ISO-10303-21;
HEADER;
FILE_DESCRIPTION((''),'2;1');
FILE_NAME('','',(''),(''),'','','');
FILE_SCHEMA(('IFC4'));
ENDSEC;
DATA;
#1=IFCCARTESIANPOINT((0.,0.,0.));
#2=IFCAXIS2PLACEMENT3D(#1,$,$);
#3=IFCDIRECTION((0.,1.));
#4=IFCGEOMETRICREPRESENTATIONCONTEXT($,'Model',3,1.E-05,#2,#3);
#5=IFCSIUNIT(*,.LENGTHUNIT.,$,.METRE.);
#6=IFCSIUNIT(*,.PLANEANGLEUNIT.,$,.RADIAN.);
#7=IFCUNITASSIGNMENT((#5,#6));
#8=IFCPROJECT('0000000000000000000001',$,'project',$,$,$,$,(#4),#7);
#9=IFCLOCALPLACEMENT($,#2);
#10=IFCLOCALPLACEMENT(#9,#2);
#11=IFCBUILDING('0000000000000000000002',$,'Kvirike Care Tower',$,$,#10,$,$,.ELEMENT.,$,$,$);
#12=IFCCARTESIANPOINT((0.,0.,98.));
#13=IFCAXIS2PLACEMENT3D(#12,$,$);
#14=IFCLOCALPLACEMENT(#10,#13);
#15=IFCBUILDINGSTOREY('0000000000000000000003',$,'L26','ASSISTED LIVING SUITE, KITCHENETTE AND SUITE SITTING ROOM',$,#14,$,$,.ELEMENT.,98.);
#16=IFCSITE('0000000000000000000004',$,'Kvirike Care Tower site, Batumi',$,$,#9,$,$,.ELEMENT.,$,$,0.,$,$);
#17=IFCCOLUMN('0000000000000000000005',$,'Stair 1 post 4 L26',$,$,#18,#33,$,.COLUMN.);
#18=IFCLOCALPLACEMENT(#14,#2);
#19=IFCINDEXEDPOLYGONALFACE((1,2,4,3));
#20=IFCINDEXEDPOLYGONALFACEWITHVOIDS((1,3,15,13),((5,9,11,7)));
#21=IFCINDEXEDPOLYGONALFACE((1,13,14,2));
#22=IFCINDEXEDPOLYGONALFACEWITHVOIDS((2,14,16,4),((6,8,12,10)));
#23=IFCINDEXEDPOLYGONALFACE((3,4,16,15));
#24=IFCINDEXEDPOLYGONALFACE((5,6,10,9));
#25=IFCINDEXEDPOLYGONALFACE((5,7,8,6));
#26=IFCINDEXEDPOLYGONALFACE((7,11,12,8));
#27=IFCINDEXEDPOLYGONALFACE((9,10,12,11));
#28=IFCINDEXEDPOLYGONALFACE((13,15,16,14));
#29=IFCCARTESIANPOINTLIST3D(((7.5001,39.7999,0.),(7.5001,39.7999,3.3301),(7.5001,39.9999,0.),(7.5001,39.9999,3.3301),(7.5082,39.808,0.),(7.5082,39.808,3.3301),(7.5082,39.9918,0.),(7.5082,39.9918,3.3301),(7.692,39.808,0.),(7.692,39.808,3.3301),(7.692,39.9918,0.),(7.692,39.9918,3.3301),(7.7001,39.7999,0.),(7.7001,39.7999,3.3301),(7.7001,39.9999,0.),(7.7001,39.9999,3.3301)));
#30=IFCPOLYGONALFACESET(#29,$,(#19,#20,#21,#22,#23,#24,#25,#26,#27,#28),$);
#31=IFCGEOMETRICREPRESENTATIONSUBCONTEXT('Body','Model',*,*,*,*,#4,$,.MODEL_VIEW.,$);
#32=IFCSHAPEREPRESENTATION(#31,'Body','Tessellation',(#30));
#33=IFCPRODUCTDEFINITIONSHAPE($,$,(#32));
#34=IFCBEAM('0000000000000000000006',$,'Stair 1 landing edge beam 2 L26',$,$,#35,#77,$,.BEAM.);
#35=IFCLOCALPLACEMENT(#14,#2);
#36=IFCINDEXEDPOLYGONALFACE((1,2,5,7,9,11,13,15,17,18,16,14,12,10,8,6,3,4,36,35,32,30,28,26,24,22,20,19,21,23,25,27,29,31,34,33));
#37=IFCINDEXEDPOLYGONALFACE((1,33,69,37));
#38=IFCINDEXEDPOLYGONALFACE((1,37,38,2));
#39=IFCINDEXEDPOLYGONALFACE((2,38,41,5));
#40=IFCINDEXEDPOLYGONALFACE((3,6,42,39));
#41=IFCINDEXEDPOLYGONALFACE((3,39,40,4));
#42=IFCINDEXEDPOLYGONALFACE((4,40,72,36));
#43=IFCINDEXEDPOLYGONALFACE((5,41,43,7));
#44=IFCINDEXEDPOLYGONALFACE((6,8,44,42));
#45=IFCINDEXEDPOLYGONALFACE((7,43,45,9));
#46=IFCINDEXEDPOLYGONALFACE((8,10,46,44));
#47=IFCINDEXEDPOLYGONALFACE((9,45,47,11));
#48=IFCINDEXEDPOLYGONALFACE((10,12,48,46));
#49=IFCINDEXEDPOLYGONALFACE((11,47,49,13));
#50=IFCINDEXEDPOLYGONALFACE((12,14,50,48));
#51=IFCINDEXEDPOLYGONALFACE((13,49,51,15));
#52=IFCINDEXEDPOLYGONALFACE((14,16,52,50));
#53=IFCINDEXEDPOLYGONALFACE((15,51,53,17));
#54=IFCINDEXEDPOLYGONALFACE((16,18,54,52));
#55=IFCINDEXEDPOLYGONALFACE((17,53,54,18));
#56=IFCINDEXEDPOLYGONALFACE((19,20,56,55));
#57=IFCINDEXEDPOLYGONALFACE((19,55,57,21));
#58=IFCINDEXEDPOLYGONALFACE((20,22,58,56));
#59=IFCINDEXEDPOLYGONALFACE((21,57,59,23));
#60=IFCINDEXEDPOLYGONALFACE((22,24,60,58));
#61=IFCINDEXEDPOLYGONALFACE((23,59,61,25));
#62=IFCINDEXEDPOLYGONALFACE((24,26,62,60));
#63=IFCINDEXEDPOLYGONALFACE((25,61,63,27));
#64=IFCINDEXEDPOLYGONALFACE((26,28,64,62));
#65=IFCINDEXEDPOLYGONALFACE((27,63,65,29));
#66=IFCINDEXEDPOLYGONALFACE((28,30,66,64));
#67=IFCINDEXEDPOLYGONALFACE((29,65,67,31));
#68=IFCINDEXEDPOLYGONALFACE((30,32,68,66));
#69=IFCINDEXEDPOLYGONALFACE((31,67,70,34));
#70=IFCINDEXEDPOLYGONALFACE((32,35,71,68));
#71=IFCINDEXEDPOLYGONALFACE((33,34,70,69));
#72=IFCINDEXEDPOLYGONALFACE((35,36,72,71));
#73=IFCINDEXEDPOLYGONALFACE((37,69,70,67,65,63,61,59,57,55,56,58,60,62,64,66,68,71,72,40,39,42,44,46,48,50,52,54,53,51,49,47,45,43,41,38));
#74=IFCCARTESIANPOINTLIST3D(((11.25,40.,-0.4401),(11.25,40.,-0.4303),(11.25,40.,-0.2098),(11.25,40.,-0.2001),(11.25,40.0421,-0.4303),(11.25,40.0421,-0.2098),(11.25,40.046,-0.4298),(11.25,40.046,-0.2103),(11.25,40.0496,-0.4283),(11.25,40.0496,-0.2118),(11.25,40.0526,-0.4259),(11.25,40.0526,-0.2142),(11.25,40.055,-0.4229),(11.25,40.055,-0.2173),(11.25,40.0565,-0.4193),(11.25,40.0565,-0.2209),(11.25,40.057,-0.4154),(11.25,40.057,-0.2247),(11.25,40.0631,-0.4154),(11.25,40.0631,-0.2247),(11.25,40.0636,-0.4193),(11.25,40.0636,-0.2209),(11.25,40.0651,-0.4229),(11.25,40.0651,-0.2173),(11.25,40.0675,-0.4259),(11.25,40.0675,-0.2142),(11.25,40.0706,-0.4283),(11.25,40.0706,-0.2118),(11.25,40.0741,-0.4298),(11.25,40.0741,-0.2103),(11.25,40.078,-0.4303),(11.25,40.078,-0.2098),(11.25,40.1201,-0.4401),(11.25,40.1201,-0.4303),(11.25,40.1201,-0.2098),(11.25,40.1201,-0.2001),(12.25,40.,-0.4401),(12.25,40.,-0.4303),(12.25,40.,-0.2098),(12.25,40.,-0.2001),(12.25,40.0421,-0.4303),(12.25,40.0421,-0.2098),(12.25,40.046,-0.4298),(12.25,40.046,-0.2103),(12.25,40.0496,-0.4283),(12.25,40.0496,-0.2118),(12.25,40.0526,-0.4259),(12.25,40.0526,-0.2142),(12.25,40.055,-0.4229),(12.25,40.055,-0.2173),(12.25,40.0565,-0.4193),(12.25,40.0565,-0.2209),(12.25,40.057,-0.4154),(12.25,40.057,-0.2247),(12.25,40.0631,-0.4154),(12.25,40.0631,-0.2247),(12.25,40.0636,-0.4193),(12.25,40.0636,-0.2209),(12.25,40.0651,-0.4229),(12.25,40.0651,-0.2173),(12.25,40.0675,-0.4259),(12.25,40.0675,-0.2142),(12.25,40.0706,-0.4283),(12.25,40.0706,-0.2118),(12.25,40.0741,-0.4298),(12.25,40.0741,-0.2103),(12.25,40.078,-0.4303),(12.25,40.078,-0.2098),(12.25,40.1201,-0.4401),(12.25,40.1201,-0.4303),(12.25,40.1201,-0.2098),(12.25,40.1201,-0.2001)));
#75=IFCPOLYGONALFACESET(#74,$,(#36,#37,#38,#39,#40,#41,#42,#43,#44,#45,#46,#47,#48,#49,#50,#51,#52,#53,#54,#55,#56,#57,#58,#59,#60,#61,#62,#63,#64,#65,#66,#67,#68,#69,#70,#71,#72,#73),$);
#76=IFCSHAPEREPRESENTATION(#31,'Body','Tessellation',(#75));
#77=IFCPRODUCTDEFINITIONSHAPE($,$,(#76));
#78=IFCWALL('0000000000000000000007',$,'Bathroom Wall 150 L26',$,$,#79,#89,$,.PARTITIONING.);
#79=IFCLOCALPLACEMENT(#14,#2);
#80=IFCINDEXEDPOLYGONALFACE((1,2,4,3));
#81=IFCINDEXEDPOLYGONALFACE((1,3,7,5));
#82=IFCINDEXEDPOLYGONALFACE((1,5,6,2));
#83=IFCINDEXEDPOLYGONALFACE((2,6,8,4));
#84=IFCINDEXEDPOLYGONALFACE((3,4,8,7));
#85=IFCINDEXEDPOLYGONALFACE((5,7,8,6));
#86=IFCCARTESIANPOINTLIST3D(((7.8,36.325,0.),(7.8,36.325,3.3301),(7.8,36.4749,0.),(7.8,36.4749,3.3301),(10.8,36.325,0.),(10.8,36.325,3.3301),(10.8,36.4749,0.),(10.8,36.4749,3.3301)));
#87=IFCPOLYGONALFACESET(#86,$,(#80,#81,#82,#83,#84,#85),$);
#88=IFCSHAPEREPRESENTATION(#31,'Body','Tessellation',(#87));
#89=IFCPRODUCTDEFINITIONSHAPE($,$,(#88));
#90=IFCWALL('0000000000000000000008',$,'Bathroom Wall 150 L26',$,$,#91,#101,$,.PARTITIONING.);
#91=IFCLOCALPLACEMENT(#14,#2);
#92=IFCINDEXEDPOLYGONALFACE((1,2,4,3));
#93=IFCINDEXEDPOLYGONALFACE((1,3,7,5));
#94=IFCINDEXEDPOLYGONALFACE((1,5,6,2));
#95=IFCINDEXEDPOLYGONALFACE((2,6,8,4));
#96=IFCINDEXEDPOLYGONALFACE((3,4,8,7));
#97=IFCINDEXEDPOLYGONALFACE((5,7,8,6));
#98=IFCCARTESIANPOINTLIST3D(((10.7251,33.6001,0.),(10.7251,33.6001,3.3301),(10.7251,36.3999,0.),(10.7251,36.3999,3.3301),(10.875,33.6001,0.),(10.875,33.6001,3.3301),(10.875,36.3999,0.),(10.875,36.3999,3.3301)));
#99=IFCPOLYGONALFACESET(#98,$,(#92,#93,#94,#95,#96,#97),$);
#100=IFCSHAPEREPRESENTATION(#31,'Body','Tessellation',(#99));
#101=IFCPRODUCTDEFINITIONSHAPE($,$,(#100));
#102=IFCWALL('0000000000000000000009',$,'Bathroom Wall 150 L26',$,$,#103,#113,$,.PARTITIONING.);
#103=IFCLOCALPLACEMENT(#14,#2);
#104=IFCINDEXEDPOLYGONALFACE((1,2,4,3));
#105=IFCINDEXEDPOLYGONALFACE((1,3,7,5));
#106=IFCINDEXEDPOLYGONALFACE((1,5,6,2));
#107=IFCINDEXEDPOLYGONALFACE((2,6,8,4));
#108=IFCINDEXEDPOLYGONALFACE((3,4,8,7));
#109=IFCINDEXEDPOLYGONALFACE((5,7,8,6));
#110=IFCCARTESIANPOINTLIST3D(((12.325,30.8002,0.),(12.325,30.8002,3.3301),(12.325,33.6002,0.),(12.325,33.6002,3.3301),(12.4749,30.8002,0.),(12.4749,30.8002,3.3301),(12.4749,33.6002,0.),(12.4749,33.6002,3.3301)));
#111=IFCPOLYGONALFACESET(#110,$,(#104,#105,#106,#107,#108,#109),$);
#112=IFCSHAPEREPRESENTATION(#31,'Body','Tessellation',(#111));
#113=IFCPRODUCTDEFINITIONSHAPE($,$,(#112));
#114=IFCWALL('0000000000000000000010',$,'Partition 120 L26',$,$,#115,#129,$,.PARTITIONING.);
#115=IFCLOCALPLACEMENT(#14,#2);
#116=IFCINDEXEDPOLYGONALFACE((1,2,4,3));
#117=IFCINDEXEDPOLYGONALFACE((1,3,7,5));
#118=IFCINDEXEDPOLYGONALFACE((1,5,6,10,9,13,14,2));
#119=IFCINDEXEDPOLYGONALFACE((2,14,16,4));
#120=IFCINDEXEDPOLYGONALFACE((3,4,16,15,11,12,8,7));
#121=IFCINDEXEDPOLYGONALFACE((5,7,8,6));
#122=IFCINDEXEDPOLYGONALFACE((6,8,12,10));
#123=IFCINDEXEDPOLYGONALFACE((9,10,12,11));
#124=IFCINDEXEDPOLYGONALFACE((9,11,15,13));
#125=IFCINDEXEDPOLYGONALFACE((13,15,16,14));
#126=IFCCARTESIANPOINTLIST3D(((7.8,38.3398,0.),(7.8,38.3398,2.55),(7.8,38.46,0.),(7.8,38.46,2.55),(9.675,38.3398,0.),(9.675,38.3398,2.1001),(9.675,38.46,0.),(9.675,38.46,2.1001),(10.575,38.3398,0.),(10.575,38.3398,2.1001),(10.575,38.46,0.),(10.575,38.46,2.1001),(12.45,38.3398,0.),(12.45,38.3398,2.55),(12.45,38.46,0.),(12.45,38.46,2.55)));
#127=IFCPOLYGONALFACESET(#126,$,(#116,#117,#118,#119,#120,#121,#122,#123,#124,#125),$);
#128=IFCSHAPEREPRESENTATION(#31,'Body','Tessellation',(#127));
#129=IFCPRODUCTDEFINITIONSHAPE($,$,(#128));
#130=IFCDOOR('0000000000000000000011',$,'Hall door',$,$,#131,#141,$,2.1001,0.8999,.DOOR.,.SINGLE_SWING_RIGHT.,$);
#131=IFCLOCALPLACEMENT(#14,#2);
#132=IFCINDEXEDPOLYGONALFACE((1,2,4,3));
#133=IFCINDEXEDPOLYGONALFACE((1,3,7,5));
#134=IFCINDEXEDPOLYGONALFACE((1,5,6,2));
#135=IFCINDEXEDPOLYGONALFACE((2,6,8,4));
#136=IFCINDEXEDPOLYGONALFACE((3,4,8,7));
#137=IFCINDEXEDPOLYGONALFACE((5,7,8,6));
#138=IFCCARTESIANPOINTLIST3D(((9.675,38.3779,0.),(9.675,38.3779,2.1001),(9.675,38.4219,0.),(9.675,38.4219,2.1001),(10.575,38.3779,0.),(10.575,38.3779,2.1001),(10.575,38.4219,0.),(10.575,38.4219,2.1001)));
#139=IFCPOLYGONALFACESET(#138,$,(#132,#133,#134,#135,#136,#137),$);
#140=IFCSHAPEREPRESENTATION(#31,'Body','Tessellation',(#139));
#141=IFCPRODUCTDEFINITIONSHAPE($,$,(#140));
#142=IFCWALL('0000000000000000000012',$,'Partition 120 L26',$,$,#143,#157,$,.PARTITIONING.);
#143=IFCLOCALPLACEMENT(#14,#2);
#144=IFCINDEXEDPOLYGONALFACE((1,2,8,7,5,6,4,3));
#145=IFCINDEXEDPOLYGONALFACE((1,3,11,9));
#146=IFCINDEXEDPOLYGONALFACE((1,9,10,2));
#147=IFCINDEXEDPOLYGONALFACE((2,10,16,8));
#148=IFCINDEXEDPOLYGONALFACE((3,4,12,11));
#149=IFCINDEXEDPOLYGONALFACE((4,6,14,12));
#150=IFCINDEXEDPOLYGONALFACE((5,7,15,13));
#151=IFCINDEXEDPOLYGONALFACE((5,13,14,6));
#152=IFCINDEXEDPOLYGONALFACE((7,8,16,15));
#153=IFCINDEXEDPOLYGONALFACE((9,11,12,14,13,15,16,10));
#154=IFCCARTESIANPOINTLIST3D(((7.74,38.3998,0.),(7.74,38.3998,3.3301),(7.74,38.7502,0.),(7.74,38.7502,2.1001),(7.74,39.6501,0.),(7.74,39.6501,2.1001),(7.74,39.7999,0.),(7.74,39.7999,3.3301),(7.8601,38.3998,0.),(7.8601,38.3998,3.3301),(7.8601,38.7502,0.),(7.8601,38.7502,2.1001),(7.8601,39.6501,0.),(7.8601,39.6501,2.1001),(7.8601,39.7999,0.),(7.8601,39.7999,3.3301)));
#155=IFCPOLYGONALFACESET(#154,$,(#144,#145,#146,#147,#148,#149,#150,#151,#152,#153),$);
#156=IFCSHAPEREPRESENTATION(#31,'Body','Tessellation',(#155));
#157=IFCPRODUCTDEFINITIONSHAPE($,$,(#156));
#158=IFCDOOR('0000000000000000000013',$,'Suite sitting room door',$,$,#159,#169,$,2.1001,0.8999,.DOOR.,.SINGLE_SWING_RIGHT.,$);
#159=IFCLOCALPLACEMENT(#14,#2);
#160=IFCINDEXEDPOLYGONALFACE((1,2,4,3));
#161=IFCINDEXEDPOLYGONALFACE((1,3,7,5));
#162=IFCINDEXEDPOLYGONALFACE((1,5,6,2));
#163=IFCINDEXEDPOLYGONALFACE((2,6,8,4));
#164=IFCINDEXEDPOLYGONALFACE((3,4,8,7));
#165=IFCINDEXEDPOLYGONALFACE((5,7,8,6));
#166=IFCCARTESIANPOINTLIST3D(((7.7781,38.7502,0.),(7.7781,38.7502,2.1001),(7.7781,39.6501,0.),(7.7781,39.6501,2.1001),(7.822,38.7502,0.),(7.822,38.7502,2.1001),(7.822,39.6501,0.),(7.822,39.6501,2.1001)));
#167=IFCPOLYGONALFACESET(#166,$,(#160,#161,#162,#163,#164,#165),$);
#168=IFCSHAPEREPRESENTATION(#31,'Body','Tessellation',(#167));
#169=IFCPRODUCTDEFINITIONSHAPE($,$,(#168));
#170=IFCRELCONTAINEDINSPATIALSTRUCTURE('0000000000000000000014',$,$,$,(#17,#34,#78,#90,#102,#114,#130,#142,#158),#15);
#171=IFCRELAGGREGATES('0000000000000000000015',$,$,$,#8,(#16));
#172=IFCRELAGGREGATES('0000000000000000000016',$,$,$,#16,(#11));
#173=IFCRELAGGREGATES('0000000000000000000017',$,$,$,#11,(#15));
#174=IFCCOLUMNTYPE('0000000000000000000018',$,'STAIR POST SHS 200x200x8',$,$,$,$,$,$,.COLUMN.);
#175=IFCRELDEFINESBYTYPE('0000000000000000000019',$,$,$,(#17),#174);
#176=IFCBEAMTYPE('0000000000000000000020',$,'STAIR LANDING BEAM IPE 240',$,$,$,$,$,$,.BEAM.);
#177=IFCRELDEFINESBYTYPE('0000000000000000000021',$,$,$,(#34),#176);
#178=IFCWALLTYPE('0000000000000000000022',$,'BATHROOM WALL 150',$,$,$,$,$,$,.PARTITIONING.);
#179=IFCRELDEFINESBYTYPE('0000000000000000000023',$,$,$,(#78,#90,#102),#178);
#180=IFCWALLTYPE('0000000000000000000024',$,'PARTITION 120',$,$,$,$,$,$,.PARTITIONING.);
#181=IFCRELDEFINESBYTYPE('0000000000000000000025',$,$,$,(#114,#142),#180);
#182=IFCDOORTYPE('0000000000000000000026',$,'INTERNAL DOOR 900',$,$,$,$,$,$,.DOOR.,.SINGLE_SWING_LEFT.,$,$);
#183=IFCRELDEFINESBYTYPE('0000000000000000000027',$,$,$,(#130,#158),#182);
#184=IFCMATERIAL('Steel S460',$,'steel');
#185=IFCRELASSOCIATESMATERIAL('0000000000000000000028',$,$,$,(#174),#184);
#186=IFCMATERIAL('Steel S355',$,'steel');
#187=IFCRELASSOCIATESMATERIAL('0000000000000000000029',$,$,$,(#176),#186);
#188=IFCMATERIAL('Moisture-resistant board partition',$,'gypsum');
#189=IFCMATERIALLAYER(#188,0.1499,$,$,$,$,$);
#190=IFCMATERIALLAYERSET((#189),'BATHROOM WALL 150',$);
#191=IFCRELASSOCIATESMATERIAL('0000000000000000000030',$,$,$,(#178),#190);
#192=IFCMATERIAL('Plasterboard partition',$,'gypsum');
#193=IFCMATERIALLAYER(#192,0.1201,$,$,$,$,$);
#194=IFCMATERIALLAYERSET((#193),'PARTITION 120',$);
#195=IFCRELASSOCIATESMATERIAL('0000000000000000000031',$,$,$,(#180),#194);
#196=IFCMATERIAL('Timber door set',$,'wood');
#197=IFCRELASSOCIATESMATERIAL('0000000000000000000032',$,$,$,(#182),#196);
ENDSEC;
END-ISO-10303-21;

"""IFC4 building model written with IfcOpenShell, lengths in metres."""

from ifc_helpers import new_model, si_unit, direction, frame, frame_2d, origin, origin_2d, place, context, subcontext, project, spatial, rectangle, hollow_rectangle, i_section, extrude, material, layer, layer_set, material_profile, profile_set, type_object, element, fill, save


model = new_model("IFC4")

# Units and contexts
model_context = context("Model", 3, precision=1e-05, world=origin(), true_north=direction((0.0, 1.0)))
body_context = subcontext(model_context, "Body", "Model", "MODEL_VIEW")
ifc_project = project(units=[si_unit("LENGTHUNIT", "METRE"), si_unit("PLANEANGLEUNIT", "RADIAN")], contexts=[model_context])

# Site, building, storey
site_placement = place(None, origin())
site = spatial("IfcSite", under=ifc_project, at=site_placement, Name="Kvirike Care Tower site, Batumi", CompositionType="ELEMENT", RefElevation=0.0)
building_placement = place(site_placement, origin())
building = spatial("IfcBuilding", under=site, at=building_placement, Name="Kvirike Care Tower", CompositionType="ELEMENT")
storey_placement = place(building_placement, frame((0.0, 0.0, 98.0)))
storey = spatial("IfcBuildingStorey", under=building, at=storey_placement, Name="L26", Description="ASSISTED LIVING SUITE, KITCHENETTE AND SUITE SITTING ROOM", CompositionType="ELEMENT", Elevation=98.0)

# Column
ifc_material_1 = material(Name="Steel S460", Category="steel")
ifc_material_profile_1 = material_profile(ifc_material_1, hollow_rectangle(XDim=0.2, YDim=0.2, WallThickness=0.0081, at=origin_2d()), Name="SHS 200x200x8")
ifc_profile_set_1 = profile_set([ifc_material_profile_1], Name="Steel S460")
column_type = type_object("IfcColumnType", Name="STAIR POST SHS 200x200x8", PredefinedType="COLUMN", material=ifc_profile_set_1)
column_placement = place(storey_placement, frame((7.6001, 39.8999, 0.0), z_axis=(0.0, 0.0, 1.0), x_axis=(1.0, 0.0, 0.0)))
element("IfcColumn", 1, at=column_placement, inside=storey, type_object=column_type, Name="Stair 1 post 4 L26", PredefinedType="COLUMN", context=body_context, shape_type="SweptSolid", body=[
    extrude(hollow_rectangle(XDim=0.2, YDim=0.2, WallThickness=0.0081, at=origin_2d()), origin(), (0.0, 0.0, 1.0), 3.3301),
])

# Beam
ifc_material_2 = material(Name="Steel S355", Category="steel")
ifc_material_profile_2 = material_profile(ifc_material_2, i_section(OverallWidth=0.1201, OverallDepth=0.24, WebThickness=0.0061, FlangeThickness=0.0098, FilletRadius=0.0149, at=origin_2d()), Name="IPE 240")
ifc_profile_set_2 = profile_set([ifc_material_profile_2], Name="Steel S355")
beam_type = type_object("IfcBeamType", Name="STAIR LANDING BEAM IPE 240", PredefinedType="BEAM", material=ifc_profile_set_2)
beam_placement = place(storey_placement, frame((11.25, 40.0601, -0.3201), z_axis=(1.0, 0.0, 0.0), x_axis=(0.0, 1.0, 0.0)))
element("IfcBeam", 2, at=beam_placement, inside=storey, type_object=beam_type, Name="Stair 1 landing edge beam 2 L26", PredefinedType="BEAM", context=body_context, shape_type="SweptSolid", body=[
    extrude(i_section(OverallWidth=0.1201, OverallDepth=0.24, WebThickness=0.0061, FlangeThickness=0.0098, FilletRadius=0.0149, at=origin_2d()), origin(), (0.0, 0.0, 1.0), 1.0),
])

# Walls
ifc_material_3 = material(Name="Moisture-resistant board partition", Category="gypsum")
ifc_layer_1 = layer(ifc_material_3, 0.1499)
ifc_layer_set_1 = layer_set([ifc_layer_1], Name="BATHROOM WALL 150")
wall_type_1 = type_object("IfcWallType", Name="BATHROOM WALL 150", PredefinedType="PARTITIONING", material=ifc_layer_set_1)
wall_1_placement = place(storey_placement, frame((7.8, 36.3999, 0.0), z_axis=(0.0, 0.0, 1.0), x_axis=(1.0, 0.0, 0.0)))
element("IfcWall", 3, at=wall_1_placement, inside=storey, type_object=wall_type_1, Name="Bathroom Wall 150 L26", PredefinedType="PARTITIONING", context=body_context, shape_type="SweptSolid", body=[
    extrude(rectangle(XDim=3.0, YDim=0.1499, at=frame_2d((1.5, 0.0))), origin(), (0.0, 0.0, 1.0), 3.3301),
])
wall_2_placement = place(storey_placement, frame((10.8, 36.3999, 0.0), z_axis=(0.0, 0.0, 1.0), x_axis=(0.0, -1.0, 0.0)))
element("IfcWall", 4, at=wall_2_placement, inside=storey, type_object=wall_type_1, Name="Bathroom Wall 150 L26", PredefinedType="PARTITIONING", context=body_context, shape_type="SweptSolid", body=[
    extrude(rectangle(XDim=2.7998, YDim=0.1499, at=frame_2d((1.3999, 0.0))), origin(), (0.0, 0.0, 1.0), 3.3301),
])
wall_3_placement = place(storey_placement, frame((12.3999, 33.6001, 0.0), z_axis=(0.0, 0.0, 1.0), x_axis=(0.0, -1.0, 0.0)))
element("IfcWall", 5, at=wall_3_placement, inside=storey, type_object=wall_type_1, Name="Bathroom Wall 150 L26", PredefinedType="PARTITIONING", context=body_context, shape_type="SweptSolid", body=[
    extrude(rectangle(XDim=2.8, YDim=0.1499, at=frame_2d((1.3999, 0.0))), origin(), (0.0, 0.0, 1.0), 3.3301),
])

# Walls, openings, doors
ifc_material_4 = material(Name="Plasterboard partition", Category="gypsum")
ifc_layer_2 = layer(ifc_material_4, 0.1201)
ifc_layer_set_2 = layer_set([ifc_layer_2], Name="PARTITION 120")
wall_type_2 = type_object("IfcWallType", Name="PARTITION 120", PredefinedType="PARTITIONING", material=ifc_layer_set_2)
wall_4_placement = place(storey_placement, frame((7.8, 38.3999, 0.0), z_axis=(0.0, 0.0, 1.0), x_axis=(1.0, 0.0, 0.0)))
wall_4 = element("IfcWall", 6, at=wall_4_placement, inside=storey, type_object=wall_type_2, Name="Partition 120 L26", PredefinedType="PARTITIONING", context=body_context, shape_type="SweptSolid", body=[
    extrude(rectangle(XDim=4.6499, YDim=0.1201, at=frame_2d((2.325, 0.0))), origin(), (0.0, 0.0, 1.0), 2.55),
])
opening_1_placement = place(wall_4_placement, frame((1.875, 0.0, 0.0)))
opening_1 = element("IfcOpeningElement", 7, at=opening_1_placement, cuts=wall_4, PredefinedType="OPENING", context=body_context, shape_type="SweptSolid", body=[
    extrude(rectangle(XDim=0.8999, YDim=2.1001, at=frame_2d((0.45, 1.05))), frame((0.0, 0.0706, 0.0), z_axis=(0.0, -1.0, 0.0), x_axis=(1.0, 0.0, 0.0)), (0.0, 0.0, 1.0), 0.1411),
])
ifc_material_5 = material(Name="Timber door set", Category="wood")
door_type_1 = type_object("IfcDoorType", Name="INTERNAL DOOR 900", OperationType="SINGLE_SWING_LEFT", PredefinedType="DOOR", material=ifc_material_5)
door_1_placement = place(opening_1_placement, origin())
door_1 = element("IfcDoor", 8, at=door_1_placement, inside=storey, type_object=door_type_1, Name="Hall door", OperationType="SINGLE_SWING_RIGHT", OverallHeight=2.1001, OverallWidth=0.8999, PredefinedType="DOOR", context=body_context, shape_type="SweptSolid", body=[
    extrude(rectangle(XDim=0.8999, YDim=2.1001, at=frame_2d((0.45, 1.05))), frame((0.0, 0.022, 0.0), z_axis=(0.0, -1.0, 0.0), x_axis=(1.0, 0.0, 0.0)), (0.0, 0.0, 1.0), 0.0439),
])
fill(opening_1, door_1)
wall_5_placement = place(storey_placement, frame((7.8, 39.8, 0.0), z_axis=(0.0, 0.0, 1.0), x_axis=(0.0, -1.0, 0.0)))
wall_5 = element("IfcWall", 9, at=wall_5_placement, inside=storey, type_object=wall_type_2, Name="Partition 120 L26", PredefinedType="PARTITIONING", context=body_context, shape_type="SweptSolid", body=[
    extrude(rectangle(XDim=1.4001, YDim=0.1201, at=frame_2d((0.7002, 0.0))), origin(), (0.0, 0.0, 1.0), 3.3301),
])
opening_2_placement = place(wall_5_placement, frame((0.1499, 0.0, 0.0)))
opening_2 = element("IfcOpeningElement", 10, at=opening_2_placement, cuts=wall_5, PredefinedType="OPENING", context=body_context, shape_type="SweptSolid", body=[
    extrude(rectangle(XDim=0.8999, YDim=2.1001, at=frame_2d((0.45, 1.05))), frame((0.0, 0.0706, 0.0), z_axis=(0.0, -1.0, 0.0), x_axis=(1.0, 0.0, 0.0)), (0.0, 0.0, 1.0), 0.1411),
])
door_2_placement = place(opening_2_placement, origin())
door_2 = element("IfcDoor", 11, at=door_2_placement, inside=storey, type_object=door_type_1, Name="Suite sitting room door", OperationType="SINGLE_SWING_RIGHT", OverallHeight=2.1001, OverallWidth=0.8999, PredefinedType="DOOR", context=body_context, shape_type="SweptSolid", body=[
    extrude(rectangle(XDim=0.8999, YDim=2.1001, at=frame_2d((0.45, 1.05))), frame((0.0, 0.022, 0.0), z_axis=(0.0, -1.0, 0.0), x_axis=(1.0, 0.0, 0.0)), (0.0, 0.0, 1.0), 0.0439),
])
fill(opening_2, door_2)

save(model, "model.ifc")
